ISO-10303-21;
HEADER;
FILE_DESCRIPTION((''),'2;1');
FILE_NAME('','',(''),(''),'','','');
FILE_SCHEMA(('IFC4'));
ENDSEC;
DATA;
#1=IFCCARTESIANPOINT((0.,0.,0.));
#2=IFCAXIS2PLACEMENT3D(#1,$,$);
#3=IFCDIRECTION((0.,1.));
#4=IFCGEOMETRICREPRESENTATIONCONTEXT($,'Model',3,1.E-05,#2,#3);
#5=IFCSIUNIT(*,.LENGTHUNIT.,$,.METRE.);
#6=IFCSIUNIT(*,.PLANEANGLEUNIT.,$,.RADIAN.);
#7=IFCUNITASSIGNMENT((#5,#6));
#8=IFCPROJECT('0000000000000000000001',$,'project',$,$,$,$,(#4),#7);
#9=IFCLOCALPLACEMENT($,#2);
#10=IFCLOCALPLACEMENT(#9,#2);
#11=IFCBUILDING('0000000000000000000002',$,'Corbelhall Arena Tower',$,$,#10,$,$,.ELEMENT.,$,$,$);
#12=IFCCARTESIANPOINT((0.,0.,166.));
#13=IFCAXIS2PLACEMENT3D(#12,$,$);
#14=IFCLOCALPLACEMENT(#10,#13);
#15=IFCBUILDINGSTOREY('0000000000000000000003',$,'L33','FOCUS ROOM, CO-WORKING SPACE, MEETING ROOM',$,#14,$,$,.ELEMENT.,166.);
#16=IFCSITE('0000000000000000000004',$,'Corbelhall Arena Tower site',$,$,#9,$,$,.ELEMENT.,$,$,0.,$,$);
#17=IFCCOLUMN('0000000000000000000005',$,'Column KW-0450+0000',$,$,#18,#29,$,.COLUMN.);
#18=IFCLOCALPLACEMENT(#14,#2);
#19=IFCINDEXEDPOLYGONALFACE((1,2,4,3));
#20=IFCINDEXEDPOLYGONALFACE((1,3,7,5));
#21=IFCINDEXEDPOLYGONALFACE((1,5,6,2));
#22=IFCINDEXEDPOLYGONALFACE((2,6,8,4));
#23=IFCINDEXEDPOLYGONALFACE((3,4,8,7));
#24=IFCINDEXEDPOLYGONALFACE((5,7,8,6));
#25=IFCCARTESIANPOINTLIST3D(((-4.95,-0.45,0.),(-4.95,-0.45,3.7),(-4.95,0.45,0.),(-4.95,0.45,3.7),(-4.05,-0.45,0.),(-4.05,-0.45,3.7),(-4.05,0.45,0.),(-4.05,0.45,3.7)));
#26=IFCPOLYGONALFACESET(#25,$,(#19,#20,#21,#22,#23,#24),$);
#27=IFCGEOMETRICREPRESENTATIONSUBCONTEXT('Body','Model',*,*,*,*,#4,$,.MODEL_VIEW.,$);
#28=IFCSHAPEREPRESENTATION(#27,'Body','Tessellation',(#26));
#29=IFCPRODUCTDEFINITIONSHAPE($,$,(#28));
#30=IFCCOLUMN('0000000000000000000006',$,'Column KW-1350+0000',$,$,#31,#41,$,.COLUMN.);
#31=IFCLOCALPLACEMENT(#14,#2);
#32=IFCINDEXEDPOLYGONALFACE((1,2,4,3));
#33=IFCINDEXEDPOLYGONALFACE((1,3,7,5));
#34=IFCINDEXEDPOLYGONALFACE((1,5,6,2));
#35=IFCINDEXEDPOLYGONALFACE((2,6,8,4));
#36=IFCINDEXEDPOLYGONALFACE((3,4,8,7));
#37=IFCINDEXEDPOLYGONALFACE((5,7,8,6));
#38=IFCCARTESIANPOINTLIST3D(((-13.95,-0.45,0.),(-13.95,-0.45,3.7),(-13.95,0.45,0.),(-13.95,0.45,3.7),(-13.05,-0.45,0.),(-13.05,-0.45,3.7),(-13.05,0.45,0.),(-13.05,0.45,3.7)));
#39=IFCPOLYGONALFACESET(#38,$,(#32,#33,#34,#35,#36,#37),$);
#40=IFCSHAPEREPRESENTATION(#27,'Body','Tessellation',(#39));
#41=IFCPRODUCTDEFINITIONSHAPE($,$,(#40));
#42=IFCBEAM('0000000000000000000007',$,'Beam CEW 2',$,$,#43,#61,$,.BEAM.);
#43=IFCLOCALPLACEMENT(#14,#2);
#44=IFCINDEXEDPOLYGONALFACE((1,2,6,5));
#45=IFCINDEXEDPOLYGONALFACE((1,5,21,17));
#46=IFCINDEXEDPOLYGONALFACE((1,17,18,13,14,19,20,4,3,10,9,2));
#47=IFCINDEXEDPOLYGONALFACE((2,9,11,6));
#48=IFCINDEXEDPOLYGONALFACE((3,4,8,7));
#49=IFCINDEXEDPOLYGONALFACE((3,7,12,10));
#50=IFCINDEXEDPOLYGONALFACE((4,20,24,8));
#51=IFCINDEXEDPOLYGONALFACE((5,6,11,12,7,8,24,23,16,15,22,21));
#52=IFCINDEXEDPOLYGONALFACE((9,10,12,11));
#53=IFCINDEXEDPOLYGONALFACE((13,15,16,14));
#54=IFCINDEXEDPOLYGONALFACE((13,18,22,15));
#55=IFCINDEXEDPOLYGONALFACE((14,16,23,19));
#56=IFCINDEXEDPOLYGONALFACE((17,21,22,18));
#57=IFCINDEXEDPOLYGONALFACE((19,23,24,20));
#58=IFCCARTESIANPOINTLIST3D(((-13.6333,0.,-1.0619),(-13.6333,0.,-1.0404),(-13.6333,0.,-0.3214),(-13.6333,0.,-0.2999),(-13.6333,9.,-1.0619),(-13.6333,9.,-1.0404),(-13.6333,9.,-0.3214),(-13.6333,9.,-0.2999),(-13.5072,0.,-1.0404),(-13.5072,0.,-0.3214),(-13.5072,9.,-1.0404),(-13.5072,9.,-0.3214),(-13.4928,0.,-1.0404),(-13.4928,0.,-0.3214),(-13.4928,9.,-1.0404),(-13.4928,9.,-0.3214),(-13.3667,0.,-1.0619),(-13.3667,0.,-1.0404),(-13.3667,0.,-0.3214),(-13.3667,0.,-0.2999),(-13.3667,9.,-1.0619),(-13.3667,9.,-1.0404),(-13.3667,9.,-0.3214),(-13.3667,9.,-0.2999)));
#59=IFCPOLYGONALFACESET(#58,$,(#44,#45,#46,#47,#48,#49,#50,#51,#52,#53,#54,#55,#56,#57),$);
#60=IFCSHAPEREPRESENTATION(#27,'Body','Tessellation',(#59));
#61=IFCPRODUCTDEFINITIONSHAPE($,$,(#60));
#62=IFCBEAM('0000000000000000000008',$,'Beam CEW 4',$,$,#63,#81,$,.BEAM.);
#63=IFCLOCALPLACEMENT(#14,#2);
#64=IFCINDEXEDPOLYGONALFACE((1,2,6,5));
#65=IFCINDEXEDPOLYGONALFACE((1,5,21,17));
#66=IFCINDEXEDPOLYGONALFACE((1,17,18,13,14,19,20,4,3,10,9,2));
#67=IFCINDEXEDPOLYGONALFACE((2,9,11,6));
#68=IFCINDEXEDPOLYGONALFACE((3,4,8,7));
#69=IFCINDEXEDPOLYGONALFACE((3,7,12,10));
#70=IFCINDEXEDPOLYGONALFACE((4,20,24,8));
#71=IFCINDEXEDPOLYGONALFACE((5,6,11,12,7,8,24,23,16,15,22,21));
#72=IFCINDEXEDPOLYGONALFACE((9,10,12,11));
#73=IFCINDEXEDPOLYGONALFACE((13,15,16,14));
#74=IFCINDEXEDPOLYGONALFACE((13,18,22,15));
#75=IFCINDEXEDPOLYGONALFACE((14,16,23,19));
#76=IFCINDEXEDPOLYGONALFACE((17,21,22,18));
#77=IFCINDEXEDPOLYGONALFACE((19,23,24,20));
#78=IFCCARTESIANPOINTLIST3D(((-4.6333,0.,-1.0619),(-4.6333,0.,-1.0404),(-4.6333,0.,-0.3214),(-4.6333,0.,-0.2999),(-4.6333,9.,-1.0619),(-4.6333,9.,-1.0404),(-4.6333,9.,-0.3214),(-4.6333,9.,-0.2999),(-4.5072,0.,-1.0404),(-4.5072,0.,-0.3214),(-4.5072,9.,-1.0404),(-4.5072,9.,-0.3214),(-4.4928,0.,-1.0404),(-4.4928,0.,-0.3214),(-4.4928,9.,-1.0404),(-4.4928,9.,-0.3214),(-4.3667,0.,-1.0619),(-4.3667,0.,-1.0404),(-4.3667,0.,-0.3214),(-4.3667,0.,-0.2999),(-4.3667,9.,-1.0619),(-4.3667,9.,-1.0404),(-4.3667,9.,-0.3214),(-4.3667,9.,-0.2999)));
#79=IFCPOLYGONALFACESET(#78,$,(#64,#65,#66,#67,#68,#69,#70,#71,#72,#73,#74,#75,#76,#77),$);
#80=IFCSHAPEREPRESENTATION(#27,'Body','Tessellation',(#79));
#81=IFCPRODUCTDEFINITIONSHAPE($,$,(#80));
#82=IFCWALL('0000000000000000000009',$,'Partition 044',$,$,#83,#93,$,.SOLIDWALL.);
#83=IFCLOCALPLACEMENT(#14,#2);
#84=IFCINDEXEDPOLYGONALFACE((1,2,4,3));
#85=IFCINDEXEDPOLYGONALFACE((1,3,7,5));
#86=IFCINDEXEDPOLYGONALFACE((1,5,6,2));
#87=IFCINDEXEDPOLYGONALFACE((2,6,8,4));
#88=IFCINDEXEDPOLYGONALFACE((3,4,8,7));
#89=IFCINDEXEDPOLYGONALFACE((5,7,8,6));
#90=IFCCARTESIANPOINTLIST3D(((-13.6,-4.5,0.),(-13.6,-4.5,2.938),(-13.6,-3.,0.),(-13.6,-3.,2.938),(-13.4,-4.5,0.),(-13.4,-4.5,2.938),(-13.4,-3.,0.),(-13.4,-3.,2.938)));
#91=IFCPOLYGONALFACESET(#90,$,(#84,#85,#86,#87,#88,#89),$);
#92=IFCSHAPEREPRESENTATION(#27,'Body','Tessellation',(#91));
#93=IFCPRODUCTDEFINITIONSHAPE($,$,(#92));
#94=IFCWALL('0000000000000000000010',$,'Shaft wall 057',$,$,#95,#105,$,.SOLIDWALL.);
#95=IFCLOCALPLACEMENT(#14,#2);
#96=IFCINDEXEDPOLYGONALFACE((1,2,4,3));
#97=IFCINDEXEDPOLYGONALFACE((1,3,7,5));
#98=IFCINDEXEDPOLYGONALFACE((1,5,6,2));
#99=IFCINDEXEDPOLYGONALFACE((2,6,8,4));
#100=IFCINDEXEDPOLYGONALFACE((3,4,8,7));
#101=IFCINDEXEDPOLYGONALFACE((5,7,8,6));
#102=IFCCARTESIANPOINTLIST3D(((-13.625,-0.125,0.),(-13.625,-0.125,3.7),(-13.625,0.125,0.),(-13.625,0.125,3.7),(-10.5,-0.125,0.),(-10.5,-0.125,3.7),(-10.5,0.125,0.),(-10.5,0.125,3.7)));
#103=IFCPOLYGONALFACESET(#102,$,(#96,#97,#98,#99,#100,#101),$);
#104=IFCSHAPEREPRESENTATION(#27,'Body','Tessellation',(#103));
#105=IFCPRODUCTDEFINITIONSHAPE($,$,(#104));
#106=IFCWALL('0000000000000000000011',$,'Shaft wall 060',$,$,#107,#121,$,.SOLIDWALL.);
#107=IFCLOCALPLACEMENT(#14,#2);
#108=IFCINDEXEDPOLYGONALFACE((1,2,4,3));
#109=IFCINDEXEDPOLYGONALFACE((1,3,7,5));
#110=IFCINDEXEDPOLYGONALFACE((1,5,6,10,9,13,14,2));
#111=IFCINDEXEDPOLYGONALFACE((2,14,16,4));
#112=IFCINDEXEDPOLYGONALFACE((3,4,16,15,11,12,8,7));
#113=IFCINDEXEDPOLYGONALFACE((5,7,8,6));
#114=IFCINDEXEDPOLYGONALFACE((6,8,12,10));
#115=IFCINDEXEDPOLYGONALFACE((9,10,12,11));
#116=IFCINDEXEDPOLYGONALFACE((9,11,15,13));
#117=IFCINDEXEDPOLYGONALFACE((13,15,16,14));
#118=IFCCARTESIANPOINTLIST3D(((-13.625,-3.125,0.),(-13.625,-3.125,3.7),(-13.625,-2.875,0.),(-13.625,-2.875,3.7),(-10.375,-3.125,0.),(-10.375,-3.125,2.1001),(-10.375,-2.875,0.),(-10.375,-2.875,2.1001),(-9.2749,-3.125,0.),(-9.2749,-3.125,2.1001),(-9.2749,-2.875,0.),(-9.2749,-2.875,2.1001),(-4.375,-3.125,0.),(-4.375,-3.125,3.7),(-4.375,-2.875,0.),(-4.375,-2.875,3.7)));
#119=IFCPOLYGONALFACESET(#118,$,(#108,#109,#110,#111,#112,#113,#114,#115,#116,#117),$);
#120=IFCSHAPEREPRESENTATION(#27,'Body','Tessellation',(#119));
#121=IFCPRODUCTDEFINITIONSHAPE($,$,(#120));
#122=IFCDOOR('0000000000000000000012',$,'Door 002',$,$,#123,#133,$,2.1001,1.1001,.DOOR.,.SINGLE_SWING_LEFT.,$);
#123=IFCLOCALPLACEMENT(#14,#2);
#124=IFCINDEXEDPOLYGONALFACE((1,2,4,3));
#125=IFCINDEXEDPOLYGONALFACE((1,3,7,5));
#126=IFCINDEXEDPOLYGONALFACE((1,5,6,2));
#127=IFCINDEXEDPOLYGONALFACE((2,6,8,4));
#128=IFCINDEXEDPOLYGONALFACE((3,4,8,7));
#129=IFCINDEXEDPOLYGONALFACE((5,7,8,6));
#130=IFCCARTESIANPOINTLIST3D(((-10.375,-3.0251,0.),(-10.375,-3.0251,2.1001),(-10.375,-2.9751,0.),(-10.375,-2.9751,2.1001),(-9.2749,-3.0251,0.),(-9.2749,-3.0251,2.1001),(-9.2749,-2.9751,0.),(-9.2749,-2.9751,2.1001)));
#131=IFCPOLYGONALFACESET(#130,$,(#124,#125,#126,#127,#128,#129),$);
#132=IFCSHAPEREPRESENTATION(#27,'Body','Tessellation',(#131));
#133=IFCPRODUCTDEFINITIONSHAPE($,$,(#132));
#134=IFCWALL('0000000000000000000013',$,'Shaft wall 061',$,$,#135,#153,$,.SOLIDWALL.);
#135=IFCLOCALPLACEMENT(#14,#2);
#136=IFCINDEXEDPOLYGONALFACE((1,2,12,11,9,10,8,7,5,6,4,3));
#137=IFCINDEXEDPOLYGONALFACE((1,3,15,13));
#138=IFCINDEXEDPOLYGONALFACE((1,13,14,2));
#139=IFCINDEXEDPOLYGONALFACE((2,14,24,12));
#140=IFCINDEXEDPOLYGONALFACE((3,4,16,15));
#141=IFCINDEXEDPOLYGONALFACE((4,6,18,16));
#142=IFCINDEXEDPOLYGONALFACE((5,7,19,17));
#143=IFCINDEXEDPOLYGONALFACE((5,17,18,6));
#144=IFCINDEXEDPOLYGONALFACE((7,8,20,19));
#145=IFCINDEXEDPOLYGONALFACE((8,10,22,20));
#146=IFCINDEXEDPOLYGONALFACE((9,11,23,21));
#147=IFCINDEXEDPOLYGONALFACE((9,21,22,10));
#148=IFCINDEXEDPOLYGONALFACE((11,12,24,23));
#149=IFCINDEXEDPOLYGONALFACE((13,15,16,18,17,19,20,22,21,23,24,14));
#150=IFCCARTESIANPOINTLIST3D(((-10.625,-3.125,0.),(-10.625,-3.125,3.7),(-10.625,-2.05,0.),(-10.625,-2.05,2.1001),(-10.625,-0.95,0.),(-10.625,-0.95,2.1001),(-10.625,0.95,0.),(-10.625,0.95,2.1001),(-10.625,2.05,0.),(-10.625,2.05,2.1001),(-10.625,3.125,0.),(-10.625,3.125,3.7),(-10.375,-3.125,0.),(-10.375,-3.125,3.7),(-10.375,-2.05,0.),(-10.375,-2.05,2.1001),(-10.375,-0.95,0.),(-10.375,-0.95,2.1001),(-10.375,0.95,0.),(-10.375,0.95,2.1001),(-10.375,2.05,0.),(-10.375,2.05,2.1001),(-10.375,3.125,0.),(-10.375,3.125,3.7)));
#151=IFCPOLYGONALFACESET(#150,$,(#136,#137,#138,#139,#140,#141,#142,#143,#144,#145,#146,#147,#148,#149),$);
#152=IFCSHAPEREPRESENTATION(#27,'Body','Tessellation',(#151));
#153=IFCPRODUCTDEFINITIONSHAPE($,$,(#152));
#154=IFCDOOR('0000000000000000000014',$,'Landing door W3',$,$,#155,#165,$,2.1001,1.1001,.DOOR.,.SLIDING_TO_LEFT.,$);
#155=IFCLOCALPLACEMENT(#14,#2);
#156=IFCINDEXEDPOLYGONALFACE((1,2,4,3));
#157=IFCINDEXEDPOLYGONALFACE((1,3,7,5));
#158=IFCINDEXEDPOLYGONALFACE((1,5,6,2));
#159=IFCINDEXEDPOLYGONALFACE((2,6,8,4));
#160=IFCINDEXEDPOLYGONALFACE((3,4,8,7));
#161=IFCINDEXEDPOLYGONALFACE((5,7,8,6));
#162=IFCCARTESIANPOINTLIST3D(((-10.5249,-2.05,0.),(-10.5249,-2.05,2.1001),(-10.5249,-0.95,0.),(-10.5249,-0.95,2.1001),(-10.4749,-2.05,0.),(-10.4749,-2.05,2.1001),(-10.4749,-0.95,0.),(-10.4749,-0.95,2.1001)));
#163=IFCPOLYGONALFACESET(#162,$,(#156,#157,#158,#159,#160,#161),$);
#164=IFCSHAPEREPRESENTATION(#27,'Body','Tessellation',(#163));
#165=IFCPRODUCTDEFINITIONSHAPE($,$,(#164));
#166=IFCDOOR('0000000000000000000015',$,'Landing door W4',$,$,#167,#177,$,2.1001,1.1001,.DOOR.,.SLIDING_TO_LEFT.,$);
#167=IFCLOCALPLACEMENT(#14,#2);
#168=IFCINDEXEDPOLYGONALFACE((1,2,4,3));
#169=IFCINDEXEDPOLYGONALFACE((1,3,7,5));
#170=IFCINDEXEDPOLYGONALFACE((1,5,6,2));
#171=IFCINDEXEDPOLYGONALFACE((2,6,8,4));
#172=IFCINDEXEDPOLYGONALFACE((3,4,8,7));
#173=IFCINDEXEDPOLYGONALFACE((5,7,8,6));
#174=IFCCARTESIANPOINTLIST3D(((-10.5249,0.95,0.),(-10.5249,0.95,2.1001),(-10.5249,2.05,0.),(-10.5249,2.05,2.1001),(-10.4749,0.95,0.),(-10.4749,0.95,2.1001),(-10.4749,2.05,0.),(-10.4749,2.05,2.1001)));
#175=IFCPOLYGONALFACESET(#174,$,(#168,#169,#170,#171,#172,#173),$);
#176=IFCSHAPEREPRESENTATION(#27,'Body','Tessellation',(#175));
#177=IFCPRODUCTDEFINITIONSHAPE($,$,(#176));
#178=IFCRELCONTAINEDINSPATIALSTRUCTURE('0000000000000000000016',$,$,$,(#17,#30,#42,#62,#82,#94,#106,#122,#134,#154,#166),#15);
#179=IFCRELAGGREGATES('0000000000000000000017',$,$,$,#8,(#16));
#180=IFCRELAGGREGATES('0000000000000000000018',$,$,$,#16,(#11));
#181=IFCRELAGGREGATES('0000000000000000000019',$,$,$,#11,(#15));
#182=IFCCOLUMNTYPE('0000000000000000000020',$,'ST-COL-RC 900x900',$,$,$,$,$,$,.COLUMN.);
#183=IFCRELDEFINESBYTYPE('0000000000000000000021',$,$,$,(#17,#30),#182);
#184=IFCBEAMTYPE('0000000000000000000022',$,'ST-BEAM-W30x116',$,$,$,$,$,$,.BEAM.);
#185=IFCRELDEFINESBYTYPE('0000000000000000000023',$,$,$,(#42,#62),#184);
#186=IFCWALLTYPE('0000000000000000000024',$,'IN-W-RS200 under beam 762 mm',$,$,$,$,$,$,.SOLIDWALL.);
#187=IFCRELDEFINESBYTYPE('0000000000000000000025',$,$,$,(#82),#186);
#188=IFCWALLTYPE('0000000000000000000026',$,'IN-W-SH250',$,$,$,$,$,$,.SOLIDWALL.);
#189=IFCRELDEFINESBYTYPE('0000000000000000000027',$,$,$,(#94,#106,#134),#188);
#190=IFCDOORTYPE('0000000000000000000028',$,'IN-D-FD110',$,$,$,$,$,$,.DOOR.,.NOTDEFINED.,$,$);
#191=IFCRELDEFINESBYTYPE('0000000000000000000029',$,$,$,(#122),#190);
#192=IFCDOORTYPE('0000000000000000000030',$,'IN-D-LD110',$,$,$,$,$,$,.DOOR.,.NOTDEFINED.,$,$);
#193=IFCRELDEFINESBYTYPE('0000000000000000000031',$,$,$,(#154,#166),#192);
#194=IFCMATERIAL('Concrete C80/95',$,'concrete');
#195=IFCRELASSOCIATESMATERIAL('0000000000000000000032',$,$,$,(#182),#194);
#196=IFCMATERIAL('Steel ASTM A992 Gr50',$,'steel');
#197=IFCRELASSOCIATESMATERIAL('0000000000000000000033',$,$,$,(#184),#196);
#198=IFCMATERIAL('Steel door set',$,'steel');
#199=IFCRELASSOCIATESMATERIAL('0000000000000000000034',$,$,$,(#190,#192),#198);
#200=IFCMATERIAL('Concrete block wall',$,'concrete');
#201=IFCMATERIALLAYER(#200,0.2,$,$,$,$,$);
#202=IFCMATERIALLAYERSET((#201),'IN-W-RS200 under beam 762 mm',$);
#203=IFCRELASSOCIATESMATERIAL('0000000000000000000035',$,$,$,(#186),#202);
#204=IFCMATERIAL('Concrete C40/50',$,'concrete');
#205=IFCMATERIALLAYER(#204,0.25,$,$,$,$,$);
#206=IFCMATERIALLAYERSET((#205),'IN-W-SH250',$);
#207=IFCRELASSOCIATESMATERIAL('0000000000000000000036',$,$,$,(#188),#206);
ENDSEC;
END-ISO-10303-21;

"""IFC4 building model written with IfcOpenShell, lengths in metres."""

from ifc_helpers import new_model, si_unit, direction, frame, frame_2d, origin, origin_2d, place, context, subcontext, project, spatial, rectangle, i_section, extrude, material, layer, layer_set, material_profile, profile_set, type_object, element, fill, save


model = new_model("IFC4")

# Units and contexts
model_context = context("Model", 3, precision=1e-05, world=origin(), true_north=direction((0.0, 1.0)))
body_context = subcontext(model_context, "Body", "Model", "MODEL_VIEW")
ifc_project = project(units=[si_unit("LENGTHUNIT", "METRE"), si_unit("PLANEANGLEUNIT", "RADIAN")], contexts=[model_context])

# Site, building, storey
site_placement = place(None, origin())
site = spatial("IfcSite", under=ifc_project, at=site_placement, Name="Corbelhall Arena Tower site", CompositionType="ELEMENT", RefElevation=0.0)
building_placement = place(site_placement, origin())
building = spatial("IfcBuilding", under=site, at=building_placement, Name="Corbelhall Arena Tower", CompositionType="ELEMENT")
storey_placement = place(building_placement, frame((0.0, 0.0, 166.0)))
storey = spatial("IfcBuildingStorey", under=building, at=storey_placement, Name="L33", Description="FOCUS ROOM, CO-WORKING SPACE, MEETING ROOM", CompositionType="ELEMENT", Elevation=166.0)

# Columns
ifc_material_1 = material(Name="Concrete C80/95", Category="concrete")
ifc_material_profile_1 = material_profile(ifc_material_1, rectangle(XDim=0.8999, YDim=0.8999, at=origin_2d()))
ifc_profile_set_1 = profile_set([ifc_material_profile_1], Name="Concrete C80/95")
column_type = type_object("IfcColumnType", Name="ST-COL-RC 900x900", PredefinedType="COLUMN", material=ifc_profile_set_1)
for number, where, z_axis, x_axis, name in (
    (1, (-4.5, 0.0, 0.0), (0.0, 0.0, 1.0), (1.0, 0.0, 0.0), "Column KW-0450+0000"),
    (2, (-13.5, 0.0, 0.0), (0.0, 0.0, 1.0), (1.0, 0.0, 0.0), "Column KW-1350+0000"),
):
    element("IfcColumn", number, at=place(storey_placement, frame(where, z_axis=z_axis, x_axis=x_axis)), inside=storey, type_object=column_type, Name=name, PredefinedType="COLUMN", context=body_context, shape_type="SweptSolid", body=[
        extrude(rectangle(XDim=0.8999, YDim=0.8999, at=origin_2d()), origin(), (0.0, 0.0, 1.0), 3.7),
    ])

# Beams
ifc_material_2 = material(Name="Steel ASTM A992 Gr50", Category="steel")
ifc_material_profile_2 = material_profile(ifc_material_2, i_section(OverallWidth=0.2666, OverallDepth=0.762, WebThickness=0.0144, FlangeThickness=0.0215, at=origin_2d()))
ifc_profile_set_2 = profile_set([ifc_material_profile_2], Name="Steel ASTM A992 Gr50")
beam_type = type_object("IfcBeamType", Name="ST-BEAM-W30x116", PredefinedType="BEAM", material=ifc_profile_set_2)
for number, where, z_axis, x_axis, name in (
    (3, (-13.5, 0.0, -0.6809), (0.0, 1.0, 0.0), (-1.0, 0.0, 0.0), "Beam CEW 2"),
    (4, (-4.5, 0.0, -0.6809), (0.0, 1.0, 0.0), (-1.0, 0.0, 0.0), "Beam CEW 4"),
):
    element("IfcBeam", number, at=place(storey_placement, frame(where, z_axis=z_axis, x_axis=x_axis)), inside=storey, type_object=beam_type, Name=name, PredefinedType="BEAM", context=body_context, shape_type="SweptSolid", body=[
        extrude(i_section(OverallWidth=0.2666, OverallDepth=0.762, WebThickness=0.0144, FlangeThickness=0.0215, at=origin_2d()), origin(), (0.0, 0.0, 1.0), 9.0),
    ])

# Shared definitions
ifc_material_3 = material(Name="Concrete block wall", Category="concrete")
ifc_material_4 = material(Name="Steel door set", Category="steel")
door_type_1 = type_object("IfcDoorType", Name="IN-D-FD110", OperationType="NOTDEFINED", PredefinedType="DOOR", material=ifc_material_4)

# Walls
ifc_layer_1 = layer(ifc_material_3, 0.2)
ifc_layer_set_1 = layer_set([ifc_layer_1], Name="IN-W-RS200 under beam 762 mm")
wall_type_1 = type_object("IfcWallType", Name="IN-W-RS200 under beam 762 mm", PredefinedType="SOLIDWALL", material=ifc_layer_set_1)
wall_1_placement = place(storey_placement, frame((-13.5, -4.5, 0.0), z_axis=(0.0, 0.0, 1.0), x_axis=(0.0, 1.0, 0.0)))
element("IfcWall", 5, at=wall_1_placement, inside=storey, type_object=wall_type_1, Name="Partition 044", PredefinedType="SOLIDWALL", context=body_context, shape_type="SweptSolid", body=[
    extrude(rectangle(XDim=1.5, YDim=0.2, at=frame_2d((0.75, 0.0))), origin(), (0.0, 0.0, 1.0), 2.938),
])
ifc_material_5 = material(Name="Concrete C40/50", Category="concrete")
ifc_layer_2 = layer(ifc_material_5, 0.25)
ifc_layer_set_2 = layer_set([ifc_layer_2], Name="IN-W-SH250")
wall_type_2 = type_object("IfcWallType", Name="IN-W-SH250", PredefinedType="SOLIDWALL", material=ifc_layer_set_2)
wall_2_placement = place(storey_placement, frame((-13.625, 0.0, 0.0), z_axis=(0.0, 0.0, 1.0), x_axis=(1.0, 0.0, 0.0)))
element("IfcWall", 6, at=wall_2_placement, inside=storey, type_object=wall_type_2, Name="Shaft wall 057", PredefinedType="SOLIDWALL", context=body_context, shape_type="SweptSolid", body=[
    extrude(rectangle(XDim=3.125, YDim=0.25, at=frame_2d((1.5625, 0.0))), origin(), (0.0, 0.0, 1.0), 3.7),
])

# Wall, opening, door
wall_3_placement = place(storey_placement, frame((-13.625, -3.0, 0.0), z_axis=(0.0, 0.0, 1.0), x_axis=(1.0, 0.0, 0.0)))
wall_3 = element("IfcWall", 7, at=wall_3_placement, inside=storey, type_object=wall_type_2, Name="Shaft wall 060", PredefinedType="SOLIDWALL", context=body_context, shape_type="SweptSolid", body=[
    extrude(rectangle(XDim=9.25, YDim=0.25, at=frame_2d((4.625, 0.0))), origin(), (0.0, 0.0, 1.0), 3.7),
])
opening_1_placement = place(wall_3_placement, frame((3.25, 0.0, 0.0)))
opening_1 = element("IfcOpeningElement", 8, at=opening_1_placement, cuts=wall_3, PredefinedType="OPENING", context=body_context, shape_type="SweptSolid", body=[
    extrude(rectangle(XDim=1.1001, YDim=2.1001, at=frame_2d((0.55, 1.05))), frame((0.0, 0.125, 0.0), z_axis=(0.0, -1.0, 0.0), x_axis=(1.0, 0.0, 0.0)), (0.0, 0.0, 1.0), 0.25),
])
door_1_placement = place(opening_1_placement, origin())
door_1 = element("IfcDoor", 9, at=door_1_placement, inside=storey, type_object=door_type_1, Name="Door 002", OperationType="SINGLE_SWING_LEFT", OverallHeight=2.1001, OverallWidth=1.1001, PredefinedType="DOOR", context=body_context, shape_type="SweptSolid", body=[
    extrude(rectangle(XDim=1.1001, YDim=2.1001, at=frame_2d((0.55, 1.05))), frame((0.0, 0.0249, 0.0), z_axis=(0.0, -1.0, 0.0), x_axis=(1.0, 0.0, 0.0)), (0.0, 0.0, 1.0), 0.05),
])
fill(opening_1, door_1)

# Wall, openings, doors
wall_4_placement = place(storey_placement, frame((-10.5, -3.125, 0.0), z_axis=(0.0, 0.0, 1.0), x_axis=(0.0, 1.0, 0.0)))
wall_4 = element("IfcWall", 10, at=wall_4_placement, inside=storey, type_object=wall_type_2, Name="Shaft wall 061", PredefinedType="SOLIDWALL", context=body_context, shape_type="SweptSolid", body=[
    extrude(rectangle(XDim=6.25, YDim=0.25, at=frame_2d((3.125, 0.0))), origin(), (0.0, 0.0, 1.0), 3.7),
])
opening_2_placement = place(wall_4_placement, frame((1.075, 0.0, 0.0)))
opening_2 = element("IfcOpeningElement", 11, at=opening_2_placement, cuts=wall_4, PredefinedType="OPENING", context=body_context, shape_type="SweptSolid", body=[
    extrude(rectangle(XDim=1.1001, YDim=2.1001, at=frame_2d((0.55, 1.05))), frame((0.0, 0.125, 0.0), z_axis=(0.0, -1.0, 0.0), x_axis=(1.0, 0.0, 0.0)), (0.0, 0.0, 1.0), 0.25),
])
opening_3_placement = place(wall_4_placement, frame((4.075, 0.0, 0.0)))
opening_3 = element("IfcOpeningElement", 12, at=opening_3_placement, cuts=wall_4, PredefinedType="OPENING", context=body_context, shape_type="SweptSolid", body=[
    extrude(rectangle(XDim=1.1001, YDim=2.1001, at=frame_2d((0.55, 1.05))), frame((0.0, 0.125, 0.0), z_axis=(0.0, -1.0, 0.0), x_axis=(1.0, 0.0, 0.0)), (0.0, 0.0, 1.0), 0.25),
])
door_type_2 = type_object("IfcDoorType", Name="IN-D-LD110", OperationType="NOTDEFINED", PredefinedType="DOOR", material=ifc_material_4)
door_2_placement = place(opening_2_placement, origin())
door_2 = element("IfcDoor", 13, at=door_2_placement, inside=storey, type_object=door_type_2, Name="Landing door W3", OperationType="SLIDING_TO_LEFT", OverallHeight=2.1001, OverallWidth=1.1001, PredefinedType="DOOR", context=body_context, shape_type="SweptSolid", body=[
    extrude(rectangle(XDim=1.1001, YDim=2.1001, at=frame_2d((0.55, 1.05))), frame((0.0, 0.0249, 0.0), z_axis=(0.0, -1.0, 0.0), x_axis=(1.0, 0.0, 0.0)), (0.0, 0.0, 1.0), 0.05),
])
fill(opening_2, door_2)
door_3_placement = place(opening_3_placement, origin())
door_3 = element("IfcDoor", 14, at=door_3_placement, inside=storey, type_object=door_type_2, Name="Landing door W4", OperationType="SLIDING_TO_LEFT", OverallHeight=2.1001, OverallWidth=1.1001, PredefinedType="DOOR", context=body_context, shape_type="SweptSolid", body=[
    extrude(rectangle(XDim=1.1001, YDim=2.1001, at=frame_2d((0.55, 1.05))), frame((0.0, 0.0249, 0.0), z_axis=(0.0, -1.0, 0.0), x_axis=(1.0, 0.0, 0.0)), (0.0, 0.0, 1.0), 0.05),
])
fill(opening_3, door_3)

save(model, "model.ifc")
